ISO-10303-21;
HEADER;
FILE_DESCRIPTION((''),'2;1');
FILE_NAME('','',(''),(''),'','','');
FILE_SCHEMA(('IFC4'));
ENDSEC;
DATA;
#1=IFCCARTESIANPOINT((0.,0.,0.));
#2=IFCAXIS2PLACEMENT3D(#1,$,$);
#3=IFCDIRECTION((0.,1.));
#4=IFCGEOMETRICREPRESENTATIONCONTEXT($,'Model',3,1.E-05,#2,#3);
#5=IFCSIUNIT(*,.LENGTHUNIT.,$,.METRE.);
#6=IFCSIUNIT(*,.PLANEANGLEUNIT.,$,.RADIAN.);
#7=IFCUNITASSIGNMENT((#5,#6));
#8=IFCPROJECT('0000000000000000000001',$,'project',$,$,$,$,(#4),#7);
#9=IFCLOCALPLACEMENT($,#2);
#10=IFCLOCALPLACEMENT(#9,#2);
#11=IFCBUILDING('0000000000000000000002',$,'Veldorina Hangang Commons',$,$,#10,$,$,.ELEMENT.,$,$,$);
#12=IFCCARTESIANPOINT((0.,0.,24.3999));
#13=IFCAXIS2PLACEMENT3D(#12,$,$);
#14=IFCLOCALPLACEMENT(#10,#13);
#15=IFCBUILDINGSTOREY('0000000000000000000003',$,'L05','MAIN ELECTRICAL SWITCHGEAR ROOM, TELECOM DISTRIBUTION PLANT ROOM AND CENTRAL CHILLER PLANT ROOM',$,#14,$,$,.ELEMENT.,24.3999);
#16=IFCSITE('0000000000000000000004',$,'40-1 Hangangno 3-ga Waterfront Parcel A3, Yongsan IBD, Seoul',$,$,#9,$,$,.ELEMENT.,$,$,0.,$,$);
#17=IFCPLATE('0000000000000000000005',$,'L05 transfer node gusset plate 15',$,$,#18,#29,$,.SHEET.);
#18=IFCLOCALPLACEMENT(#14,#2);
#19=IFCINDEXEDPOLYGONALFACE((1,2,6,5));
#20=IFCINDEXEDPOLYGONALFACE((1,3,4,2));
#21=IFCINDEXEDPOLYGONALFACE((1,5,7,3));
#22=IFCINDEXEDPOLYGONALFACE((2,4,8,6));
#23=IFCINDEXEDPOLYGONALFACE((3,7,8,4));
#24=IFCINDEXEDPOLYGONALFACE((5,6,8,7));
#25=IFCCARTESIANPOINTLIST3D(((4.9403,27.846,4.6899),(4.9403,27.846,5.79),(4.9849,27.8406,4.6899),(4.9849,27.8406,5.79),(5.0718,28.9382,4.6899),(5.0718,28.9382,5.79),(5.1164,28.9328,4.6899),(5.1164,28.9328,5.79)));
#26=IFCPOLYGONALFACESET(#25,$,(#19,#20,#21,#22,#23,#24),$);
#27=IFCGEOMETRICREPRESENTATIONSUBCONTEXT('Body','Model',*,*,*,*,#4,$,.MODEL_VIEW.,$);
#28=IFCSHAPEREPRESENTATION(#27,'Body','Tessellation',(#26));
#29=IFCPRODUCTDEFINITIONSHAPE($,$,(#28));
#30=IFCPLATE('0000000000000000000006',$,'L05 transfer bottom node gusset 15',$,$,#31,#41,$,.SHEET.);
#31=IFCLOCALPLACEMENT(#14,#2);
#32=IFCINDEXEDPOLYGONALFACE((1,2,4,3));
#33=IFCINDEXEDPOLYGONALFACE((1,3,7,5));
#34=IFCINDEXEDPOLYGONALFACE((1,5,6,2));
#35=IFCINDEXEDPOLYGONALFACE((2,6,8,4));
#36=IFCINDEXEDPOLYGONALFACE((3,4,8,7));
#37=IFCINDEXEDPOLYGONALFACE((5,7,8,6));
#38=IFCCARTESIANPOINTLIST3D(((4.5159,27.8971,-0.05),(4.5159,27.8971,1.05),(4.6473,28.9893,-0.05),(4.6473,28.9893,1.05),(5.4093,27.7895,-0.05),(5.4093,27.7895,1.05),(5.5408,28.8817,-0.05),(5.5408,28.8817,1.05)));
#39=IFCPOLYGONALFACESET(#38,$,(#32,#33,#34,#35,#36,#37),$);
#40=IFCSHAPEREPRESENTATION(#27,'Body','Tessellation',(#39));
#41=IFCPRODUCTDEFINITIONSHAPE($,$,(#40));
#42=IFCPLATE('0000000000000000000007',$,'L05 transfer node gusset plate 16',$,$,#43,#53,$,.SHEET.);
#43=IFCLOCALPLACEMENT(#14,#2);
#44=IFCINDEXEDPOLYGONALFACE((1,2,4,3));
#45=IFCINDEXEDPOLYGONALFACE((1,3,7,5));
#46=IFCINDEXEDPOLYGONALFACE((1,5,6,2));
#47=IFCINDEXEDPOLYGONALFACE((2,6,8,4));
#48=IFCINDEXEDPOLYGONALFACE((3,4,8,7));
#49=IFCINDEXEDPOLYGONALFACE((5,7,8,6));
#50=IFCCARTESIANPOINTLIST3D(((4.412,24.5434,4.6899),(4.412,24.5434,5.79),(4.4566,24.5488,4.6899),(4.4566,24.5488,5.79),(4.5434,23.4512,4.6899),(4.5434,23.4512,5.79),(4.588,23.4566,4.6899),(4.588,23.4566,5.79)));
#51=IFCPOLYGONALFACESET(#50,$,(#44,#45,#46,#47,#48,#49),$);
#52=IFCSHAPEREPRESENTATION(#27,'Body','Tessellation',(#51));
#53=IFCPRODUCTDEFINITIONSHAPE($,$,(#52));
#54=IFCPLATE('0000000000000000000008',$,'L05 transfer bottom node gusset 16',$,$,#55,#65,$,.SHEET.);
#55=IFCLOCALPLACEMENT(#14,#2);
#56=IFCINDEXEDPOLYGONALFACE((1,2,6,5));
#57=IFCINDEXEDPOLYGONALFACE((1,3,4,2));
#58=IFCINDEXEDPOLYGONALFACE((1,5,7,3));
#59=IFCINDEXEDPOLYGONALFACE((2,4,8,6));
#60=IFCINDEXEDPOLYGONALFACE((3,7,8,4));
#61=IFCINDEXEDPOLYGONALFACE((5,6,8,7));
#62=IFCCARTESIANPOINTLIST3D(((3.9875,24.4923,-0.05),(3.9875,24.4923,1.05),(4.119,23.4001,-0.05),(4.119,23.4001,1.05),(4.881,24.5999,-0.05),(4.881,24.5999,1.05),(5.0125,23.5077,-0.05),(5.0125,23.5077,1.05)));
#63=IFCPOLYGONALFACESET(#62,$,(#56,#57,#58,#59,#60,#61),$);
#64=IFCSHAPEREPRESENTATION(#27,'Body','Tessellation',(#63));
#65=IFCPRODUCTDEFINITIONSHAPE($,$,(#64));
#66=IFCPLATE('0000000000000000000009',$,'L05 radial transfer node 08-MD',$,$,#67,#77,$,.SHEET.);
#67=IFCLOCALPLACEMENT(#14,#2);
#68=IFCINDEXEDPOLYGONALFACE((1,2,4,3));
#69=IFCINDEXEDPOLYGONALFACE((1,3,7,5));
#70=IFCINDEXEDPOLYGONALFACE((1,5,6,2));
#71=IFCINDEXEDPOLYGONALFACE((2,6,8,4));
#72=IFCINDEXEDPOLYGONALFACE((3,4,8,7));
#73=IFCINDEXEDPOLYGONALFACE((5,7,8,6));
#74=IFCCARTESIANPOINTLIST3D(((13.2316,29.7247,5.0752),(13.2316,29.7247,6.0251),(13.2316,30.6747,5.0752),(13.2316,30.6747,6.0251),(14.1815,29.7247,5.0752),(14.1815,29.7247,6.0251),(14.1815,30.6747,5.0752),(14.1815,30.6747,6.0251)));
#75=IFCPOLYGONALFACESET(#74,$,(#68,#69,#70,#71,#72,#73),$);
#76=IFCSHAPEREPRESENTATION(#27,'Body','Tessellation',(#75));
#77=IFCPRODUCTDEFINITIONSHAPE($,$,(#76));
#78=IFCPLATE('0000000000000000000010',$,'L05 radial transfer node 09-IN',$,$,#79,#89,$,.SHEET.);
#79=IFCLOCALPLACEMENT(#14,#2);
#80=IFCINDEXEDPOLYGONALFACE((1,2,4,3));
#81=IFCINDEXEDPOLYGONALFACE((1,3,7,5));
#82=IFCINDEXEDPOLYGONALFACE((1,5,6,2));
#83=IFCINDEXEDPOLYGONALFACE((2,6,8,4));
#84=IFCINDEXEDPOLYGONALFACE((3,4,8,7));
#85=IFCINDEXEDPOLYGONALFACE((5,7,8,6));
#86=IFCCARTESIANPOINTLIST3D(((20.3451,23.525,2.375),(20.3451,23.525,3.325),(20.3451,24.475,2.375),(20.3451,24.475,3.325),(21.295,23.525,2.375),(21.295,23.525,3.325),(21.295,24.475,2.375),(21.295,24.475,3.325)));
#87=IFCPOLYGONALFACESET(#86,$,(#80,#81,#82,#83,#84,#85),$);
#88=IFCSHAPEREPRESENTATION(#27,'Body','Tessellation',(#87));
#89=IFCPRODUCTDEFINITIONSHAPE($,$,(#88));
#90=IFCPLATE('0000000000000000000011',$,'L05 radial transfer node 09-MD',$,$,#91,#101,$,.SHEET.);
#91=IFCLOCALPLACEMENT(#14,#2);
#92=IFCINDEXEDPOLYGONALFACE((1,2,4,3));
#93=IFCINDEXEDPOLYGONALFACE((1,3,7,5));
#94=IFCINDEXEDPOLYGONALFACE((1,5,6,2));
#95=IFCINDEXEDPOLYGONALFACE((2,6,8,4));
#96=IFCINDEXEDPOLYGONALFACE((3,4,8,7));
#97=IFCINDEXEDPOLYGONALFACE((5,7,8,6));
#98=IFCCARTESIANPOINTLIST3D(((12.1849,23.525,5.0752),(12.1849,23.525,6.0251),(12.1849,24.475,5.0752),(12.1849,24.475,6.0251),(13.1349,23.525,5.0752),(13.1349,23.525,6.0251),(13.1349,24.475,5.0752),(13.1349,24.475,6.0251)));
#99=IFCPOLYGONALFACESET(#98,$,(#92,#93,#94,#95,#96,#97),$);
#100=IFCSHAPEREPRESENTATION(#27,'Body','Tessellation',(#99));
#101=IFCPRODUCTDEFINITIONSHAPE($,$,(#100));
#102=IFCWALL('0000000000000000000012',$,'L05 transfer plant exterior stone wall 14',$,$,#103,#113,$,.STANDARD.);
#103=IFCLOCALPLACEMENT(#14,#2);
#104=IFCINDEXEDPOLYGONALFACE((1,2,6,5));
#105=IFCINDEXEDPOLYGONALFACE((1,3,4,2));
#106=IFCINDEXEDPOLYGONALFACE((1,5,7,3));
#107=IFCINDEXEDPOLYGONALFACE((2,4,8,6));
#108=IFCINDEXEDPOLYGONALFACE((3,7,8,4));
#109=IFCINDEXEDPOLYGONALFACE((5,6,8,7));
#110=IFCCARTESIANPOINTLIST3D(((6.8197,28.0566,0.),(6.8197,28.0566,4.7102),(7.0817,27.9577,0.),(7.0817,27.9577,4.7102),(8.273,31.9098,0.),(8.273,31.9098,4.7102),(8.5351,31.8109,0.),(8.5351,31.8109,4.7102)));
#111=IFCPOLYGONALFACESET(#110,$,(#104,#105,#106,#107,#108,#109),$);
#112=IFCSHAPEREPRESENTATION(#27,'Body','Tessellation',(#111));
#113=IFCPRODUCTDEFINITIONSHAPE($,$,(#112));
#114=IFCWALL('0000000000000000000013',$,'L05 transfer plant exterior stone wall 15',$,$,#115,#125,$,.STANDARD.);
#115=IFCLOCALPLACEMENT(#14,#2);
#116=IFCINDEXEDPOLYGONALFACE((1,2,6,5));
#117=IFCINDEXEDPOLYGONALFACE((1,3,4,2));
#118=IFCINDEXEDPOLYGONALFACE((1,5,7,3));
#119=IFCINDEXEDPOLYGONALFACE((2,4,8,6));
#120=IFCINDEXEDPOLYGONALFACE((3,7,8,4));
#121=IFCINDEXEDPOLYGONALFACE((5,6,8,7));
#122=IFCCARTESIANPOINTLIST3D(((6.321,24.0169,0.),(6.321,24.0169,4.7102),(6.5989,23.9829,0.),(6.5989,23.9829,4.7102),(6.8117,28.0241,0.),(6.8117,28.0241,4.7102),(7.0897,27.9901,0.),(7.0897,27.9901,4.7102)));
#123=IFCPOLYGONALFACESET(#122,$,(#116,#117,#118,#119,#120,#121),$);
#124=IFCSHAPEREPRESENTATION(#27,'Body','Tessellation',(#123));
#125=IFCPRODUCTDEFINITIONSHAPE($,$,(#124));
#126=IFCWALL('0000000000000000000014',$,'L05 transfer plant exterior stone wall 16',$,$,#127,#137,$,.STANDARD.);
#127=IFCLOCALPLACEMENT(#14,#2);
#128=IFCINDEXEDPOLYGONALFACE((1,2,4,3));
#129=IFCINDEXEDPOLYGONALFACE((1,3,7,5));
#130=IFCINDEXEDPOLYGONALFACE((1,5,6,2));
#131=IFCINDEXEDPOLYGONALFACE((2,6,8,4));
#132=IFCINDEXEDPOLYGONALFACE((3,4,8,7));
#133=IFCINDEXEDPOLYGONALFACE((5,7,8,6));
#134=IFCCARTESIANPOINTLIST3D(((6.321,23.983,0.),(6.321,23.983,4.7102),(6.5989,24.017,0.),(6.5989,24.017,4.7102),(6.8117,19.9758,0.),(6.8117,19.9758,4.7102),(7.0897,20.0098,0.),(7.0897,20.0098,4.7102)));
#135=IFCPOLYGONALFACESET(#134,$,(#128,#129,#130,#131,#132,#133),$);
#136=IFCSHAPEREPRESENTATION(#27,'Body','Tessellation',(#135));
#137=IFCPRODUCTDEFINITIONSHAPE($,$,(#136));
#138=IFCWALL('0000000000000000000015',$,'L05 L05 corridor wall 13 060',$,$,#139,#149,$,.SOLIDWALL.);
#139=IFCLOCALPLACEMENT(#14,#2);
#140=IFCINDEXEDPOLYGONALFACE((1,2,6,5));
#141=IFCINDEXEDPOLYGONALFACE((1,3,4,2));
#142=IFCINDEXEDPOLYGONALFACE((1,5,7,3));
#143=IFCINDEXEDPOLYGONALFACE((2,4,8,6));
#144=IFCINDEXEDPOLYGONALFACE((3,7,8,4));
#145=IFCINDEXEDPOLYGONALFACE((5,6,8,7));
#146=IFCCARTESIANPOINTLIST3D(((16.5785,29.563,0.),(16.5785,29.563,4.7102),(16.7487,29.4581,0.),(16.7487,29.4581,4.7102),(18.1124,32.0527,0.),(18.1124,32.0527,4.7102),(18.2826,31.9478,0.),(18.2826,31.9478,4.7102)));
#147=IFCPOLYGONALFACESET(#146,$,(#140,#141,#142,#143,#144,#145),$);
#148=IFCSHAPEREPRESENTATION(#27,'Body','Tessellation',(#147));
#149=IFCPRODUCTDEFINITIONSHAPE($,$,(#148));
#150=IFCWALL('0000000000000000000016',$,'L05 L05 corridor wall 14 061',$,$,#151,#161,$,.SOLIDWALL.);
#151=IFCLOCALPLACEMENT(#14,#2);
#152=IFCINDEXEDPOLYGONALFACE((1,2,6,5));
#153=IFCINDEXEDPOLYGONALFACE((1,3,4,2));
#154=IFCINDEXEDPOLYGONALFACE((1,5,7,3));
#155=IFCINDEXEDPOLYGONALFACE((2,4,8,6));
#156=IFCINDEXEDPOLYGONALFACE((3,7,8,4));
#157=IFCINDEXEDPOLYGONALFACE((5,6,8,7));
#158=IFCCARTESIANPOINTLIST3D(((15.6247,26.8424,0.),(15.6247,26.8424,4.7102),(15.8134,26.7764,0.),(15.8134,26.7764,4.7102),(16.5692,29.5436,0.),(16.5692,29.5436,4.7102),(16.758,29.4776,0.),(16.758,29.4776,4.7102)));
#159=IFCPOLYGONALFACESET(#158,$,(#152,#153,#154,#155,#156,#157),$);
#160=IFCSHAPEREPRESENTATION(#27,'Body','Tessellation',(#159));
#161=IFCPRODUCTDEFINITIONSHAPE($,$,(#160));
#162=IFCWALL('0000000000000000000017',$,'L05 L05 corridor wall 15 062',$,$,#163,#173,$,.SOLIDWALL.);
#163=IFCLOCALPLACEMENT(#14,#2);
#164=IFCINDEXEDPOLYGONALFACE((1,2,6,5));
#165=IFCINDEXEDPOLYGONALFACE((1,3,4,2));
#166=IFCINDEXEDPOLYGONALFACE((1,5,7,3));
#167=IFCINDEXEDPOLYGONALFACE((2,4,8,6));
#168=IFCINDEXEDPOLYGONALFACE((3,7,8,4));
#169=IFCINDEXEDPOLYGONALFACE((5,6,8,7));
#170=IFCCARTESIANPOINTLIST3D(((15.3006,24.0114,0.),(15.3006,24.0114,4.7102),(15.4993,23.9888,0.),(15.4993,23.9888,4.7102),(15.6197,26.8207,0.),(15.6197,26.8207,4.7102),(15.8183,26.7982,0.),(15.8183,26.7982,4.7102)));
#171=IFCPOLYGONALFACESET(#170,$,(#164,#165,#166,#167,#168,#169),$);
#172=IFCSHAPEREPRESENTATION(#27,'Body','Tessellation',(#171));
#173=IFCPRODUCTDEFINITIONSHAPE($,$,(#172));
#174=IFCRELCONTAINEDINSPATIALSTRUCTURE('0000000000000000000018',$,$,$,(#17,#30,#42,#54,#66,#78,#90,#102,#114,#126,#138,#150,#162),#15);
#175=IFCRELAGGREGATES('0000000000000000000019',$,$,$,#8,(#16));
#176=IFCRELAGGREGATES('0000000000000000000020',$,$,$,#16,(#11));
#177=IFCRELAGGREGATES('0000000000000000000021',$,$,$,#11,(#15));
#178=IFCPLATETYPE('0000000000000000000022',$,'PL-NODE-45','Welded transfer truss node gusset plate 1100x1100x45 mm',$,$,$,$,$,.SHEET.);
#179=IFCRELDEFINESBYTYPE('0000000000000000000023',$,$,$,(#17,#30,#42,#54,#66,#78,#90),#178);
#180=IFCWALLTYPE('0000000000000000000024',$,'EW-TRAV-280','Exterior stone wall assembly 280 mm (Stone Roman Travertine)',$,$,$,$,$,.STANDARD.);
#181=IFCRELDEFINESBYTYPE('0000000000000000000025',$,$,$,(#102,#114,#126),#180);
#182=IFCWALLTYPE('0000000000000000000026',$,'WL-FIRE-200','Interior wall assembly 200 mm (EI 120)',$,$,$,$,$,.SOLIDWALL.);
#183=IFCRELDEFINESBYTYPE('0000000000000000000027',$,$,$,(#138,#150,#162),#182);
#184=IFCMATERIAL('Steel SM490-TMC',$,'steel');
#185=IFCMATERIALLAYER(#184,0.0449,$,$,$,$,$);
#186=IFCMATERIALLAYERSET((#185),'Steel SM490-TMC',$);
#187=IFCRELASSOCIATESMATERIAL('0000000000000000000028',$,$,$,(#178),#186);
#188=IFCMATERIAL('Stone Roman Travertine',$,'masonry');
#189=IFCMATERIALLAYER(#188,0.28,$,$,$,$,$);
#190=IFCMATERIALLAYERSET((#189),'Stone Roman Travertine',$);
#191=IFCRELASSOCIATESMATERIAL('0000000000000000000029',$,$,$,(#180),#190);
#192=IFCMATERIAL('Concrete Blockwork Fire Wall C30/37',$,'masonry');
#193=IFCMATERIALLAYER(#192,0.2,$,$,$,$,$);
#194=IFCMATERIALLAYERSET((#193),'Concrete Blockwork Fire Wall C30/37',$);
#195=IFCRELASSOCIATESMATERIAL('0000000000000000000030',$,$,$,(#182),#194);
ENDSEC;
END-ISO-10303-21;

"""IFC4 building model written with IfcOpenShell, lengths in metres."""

from ifc_helpers import new_model, si_unit, direction, frame, frame_2d, origin, origin_2d, place, context, subcontext, project, spatial, rectangle, extrude, material, layer, layer_set, type_object, element, save


model = new_model("IFC4")

# Units and contexts
model_context = context("Model", 3, precision=1e-05, world=origin(), true_north=direction((0.0, 1.0)))
body_context = subcontext(model_context, "Body", "Model", "MODEL_VIEW")
ifc_project = project(units=[si_unit("LENGTHUNIT", "METRE"), si_unit("PLANEANGLEUNIT", "RADIAN")], contexts=[model_context])

# Site, building, storey
site_placement = place(None, origin())
site = spatial("IfcSite", under=ifc_project, at=site_placement, Name="40-1 Hangangno 3-ga Waterfront Parcel A3, Yongsan IBD, Seoul", CompositionType="ELEMENT", RefElevation=0.0)
building_placement = place(site_placement, origin())
building = spatial("IfcBuilding", under=site, at=building_placement, Name="Veldorina Hangang Commons", CompositionType="ELEMENT")
storey_placement = place(building_placement, frame((0.0, 0.0, 24.3999)))
storey = spatial("IfcBuildingStorey", under=building, at=storey_placement, Name="L05", Description="MAIN ELECTRICAL SWITCHGEAR ROOM, TELECOM DISTRIBUTION PLANT ROOM AND CENTRAL CHILLER PLANT ROOM", CompositionType="ELEMENT", Elevation=24.3999)

# Shared definitions
ifc_material_1 = material(Name="Steel SM490-TMC", Category="steel")

# Plates
ifc_layer_1 = layer(ifc_material_1, 0.0449)
ifc_layer_set_1 = layer_set([ifc_layer_1], Name="Steel SM490-TMC")
plate_type = type_object("IfcPlateType", Name="PL-NODE-45", Description="Welded transfer truss node gusset plate 1100x1100x45 mm", PredefinedType="SHEET", material=ifc_layer_set_1)
plate_1_placement = place(storey_placement, frame((5.0283, 28.3894, 4.6899), z_axis=(0.0, 0.0, 1.0), x_axis=(-0.119513, -0.992833, 0.0)))
element("IfcPlate", 1, at=plate_1_placement, inside=storey, type_object=plate_type, Name="L05 transfer node gusset plate 15", PredefinedType="SHEET", context=body_context, shape_type="SweptSolid", body=[
    extrude(rectangle(XDim=1.1001, YDim=0.0449, at=origin_2d()), origin(), (0.0, 0.0, 1.0), 1.1001),
])
plate_2_placement = place(storey_placement, frame((5.0283, 28.3894, -0.05), z_axis=(0.0, 0.0, 1.0), x_axis=(-0.119513, -0.992833, 0.0)))
element("IfcPlate", 2, at=plate_2_placement, inside=storey, type_object=plate_type, Name="L05 transfer bottom node gusset 15", PredefinedType="SHEET", context=body_context, shape_type="SweptSolid", body=[
    extrude(rectangle(XDim=1.1001, YDim=0.8999, at=origin_2d()), origin(), (0.0, 0.0, 1.0), 1.1001),
])
plate_3_placement = place(storey_placement, frame((4.5, 24.0, 4.6899), z_axis=(0.0, 0.0, 1.0), x_axis=(0.119513, -0.992833, 0.0)))
element("IfcPlate", 3, at=plate_3_placement, inside=storey, type_object=plate_type, Name="L05 transfer node gusset plate 16", PredefinedType="SHEET", context=body_context, shape_type="SweptSolid", body=[
    extrude(rectangle(XDim=1.1001, YDim=0.0449, at=origin_2d()), origin(), (0.0, 0.0, 1.0), 1.1001),
])
plate_4_placement = place(storey_placement, frame((4.5, 24.0, -0.05), z_axis=(0.0, 0.0, 1.0), x_axis=(0.119513, -0.992833, 0.0)))
element("IfcPlate", 4, at=plate_4_placement, inside=storey, type_object=plate_type, Name="L05 transfer bottom node gusset 16", PredefinedType="SHEET", context=body_context, shape_type="SweptSolid", body=[
    extrude(rectangle(XDim=1.1001, YDim=0.8999, at=origin_2d()), origin(), (0.0, 0.0, 1.0), 1.1001),
])
for number, where, z_axis, x_axis, name in (
    (5, (13.7065, 30.1997, 5.0752), (0.0, 0.0, 1.0), (1.0, 0.0, 0.0), "L05 radial transfer node 08-MD"),
    (6, (20.8201, 24.0, 2.375), (0.0, 0.0, 1.0), (1.0, 0.0, 0.0), "L05 radial transfer node 09-IN"),
    (7, (12.6599, 24.0, 5.0752), (0.0, 0.0, 1.0), (1.0, 0.0, 0.0), "L05 radial transfer node 09-MD"),
):
    element("IfcPlate", number, at=place(storey_placement, frame(where, z_axis=z_axis, x_axis=x_axis)), inside=storey, type_object=plate_type, Name=name, PredefinedType="SHEET", context=body_context, shape_type="SweptSolid", body=[
        extrude(rectangle(XDim=0.95, YDim=0.95, at=origin_2d()), origin(), (0.0, 0.0, 1.0), 0.95),
    ])

# Walls
ifc_material_2 = material(Name="Stone Roman Travertine", Category="masonry")
ifc_layer_2 = layer(ifc_material_2, 0.28)
ifc_layer_set_2 = layer_set([ifc_layer_2], Name="Stone Roman Travertine")
wall_type_1 = type_object("IfcWallType", Name="EW-TRAV-280", Description="Exterior stone wall assembly 280 mm (Stone Roman Travertine)", PredefinedType="STANDARD", material=ifc_layer_set_2)
wall_1_placement = place(storey_placement, frame((8.4041, 31.8604, 0.0), z_axis=(0.0, 0.0, 1.0), x_axis=(-0.352909, -0.935657, 0.0)))
element("IfcWall", 8, at=wall_1_placement, inside=storey, type_object=wall_type_1, Name="L05 transfer plant exterior stone wall 14", PredefinedType="STANDARD", context=body_context, shape_type="SweptSolid", body=[
    extrude(rectangle(XDim=4.1182, YDim=0.28, at=frame_2d((2.0591, 0.0))), origin(), (0.0, 0.0, 1.0), 4.7102),
])
for number, where, z_axis, x_axis, name in (
    (9, (6.9507, 28.0071, 0.0), (0.0, 0.0, 1.0), (-0.121556, -0.992585, 0.0), "L05 transfer plant exterior stone wall 15"),
    (10, (6.46, 24.0, 0.0), (0.0, 0.0, 1.0), (0.121556, -0.992585, 0.0), "L05 transfer plant exterior stone wall 16"),
):
    element("IfcWall", number, at=place(storey_placement, frame(where, z_axis=z_axis, x_axis=x_axis)), inside=storey, type_object=wall_type_1, Name=name, PredefinedType="STANDARD", context=body_context, shape_type="SweptSolid", body=[
        extrude(rectangle(XDim=4.0371, YDim=0.28, at=frame_2d((2.0186, 0.0))), origin(), (0.0, 0.0, 1.0), 4.7102),
    ])
ifc_material_3 = material(Name="Concrete Blockwork Fire Wall C30/37", Category="masonry")
ifc_layer_3 = layer(ifc_material_3, 0.2)
ifc_layer_set_3 = layer_set([ifc_layer_3], Name="Concrete Blockwork Fire Wall C30/37")
wall_type_2 = type_object("IfcWallType", Name="WL-FIRE-200", Description="Interior wall assembly 200 mm (EI 120)", PredefinedType="SOLIDWALL", material=ifc_layer_set_3)
wall_2_placement = place(storey_placement, frame((18.1975, 32.0002, 0.0), z_axis=(0.0, 0.0, 1.0), x_axis=(-0.52454, -0.851386, 0.0)))
element("IfcWall", 11, at=wall_2_placement, inside=storey, type_object=wall_type_2, Name="L05 L05 corridor wall 13 060", PredefinedType="SOLIDWALL", context=body_context, shape_type="SweptSolid", body=[
    extrude(rectangle(XDim=2.9243, YDim=0.2, at=frame_2d((1.4622, 0.0))), origin(), (0.0, 0.0, 1.0), 4.7102),
])
wall_3_placement = place(storey_placement, frame((16.6636, 29.5105, 0.0), z_axis=(0.0, 0.0, 1.0), x_axis=(-0.330092, -0.943949, 0.0)))
element("IfcWall", 12, at=wall_3_placement, inside=storey, type_object=wall_type_2, Name="L05 L05 corridor wall 14 061", PredefinedType="SOLIDWALL", context=body_context, shape_type="SweptSolid", body=[
    extrude(rectangle(XDim=2.8616, YDim=0.2, at=frame_2d((1.4307, 0.0))), origin(), (0.0, 0.0, 1.0), 4.7102),
])
wall_4_placement = place(storey_placement, frame((15.719, 26.8093, 0.0), z_axis=(0.0, 0.0, 1.0), x_axis=(-0.112857, -0.993611, 0.0)))
element("IfcWall", 13, at=wall_4_placement, inside=storey, type_object=wall_type_2, Name="L05 L05 corridor wall 15 062", PredefinedType="SOLIDWALL", context=body_context, shape_type="SweptSolid", body=[
    extrude(rectangle(XDim=2.8274, YDim=0.2, at=frame_2d((1.4136, 0.0))), origin(), (0.0, 0.0, 1.0), 4.7102),
])

save(model, "model.ifc")
